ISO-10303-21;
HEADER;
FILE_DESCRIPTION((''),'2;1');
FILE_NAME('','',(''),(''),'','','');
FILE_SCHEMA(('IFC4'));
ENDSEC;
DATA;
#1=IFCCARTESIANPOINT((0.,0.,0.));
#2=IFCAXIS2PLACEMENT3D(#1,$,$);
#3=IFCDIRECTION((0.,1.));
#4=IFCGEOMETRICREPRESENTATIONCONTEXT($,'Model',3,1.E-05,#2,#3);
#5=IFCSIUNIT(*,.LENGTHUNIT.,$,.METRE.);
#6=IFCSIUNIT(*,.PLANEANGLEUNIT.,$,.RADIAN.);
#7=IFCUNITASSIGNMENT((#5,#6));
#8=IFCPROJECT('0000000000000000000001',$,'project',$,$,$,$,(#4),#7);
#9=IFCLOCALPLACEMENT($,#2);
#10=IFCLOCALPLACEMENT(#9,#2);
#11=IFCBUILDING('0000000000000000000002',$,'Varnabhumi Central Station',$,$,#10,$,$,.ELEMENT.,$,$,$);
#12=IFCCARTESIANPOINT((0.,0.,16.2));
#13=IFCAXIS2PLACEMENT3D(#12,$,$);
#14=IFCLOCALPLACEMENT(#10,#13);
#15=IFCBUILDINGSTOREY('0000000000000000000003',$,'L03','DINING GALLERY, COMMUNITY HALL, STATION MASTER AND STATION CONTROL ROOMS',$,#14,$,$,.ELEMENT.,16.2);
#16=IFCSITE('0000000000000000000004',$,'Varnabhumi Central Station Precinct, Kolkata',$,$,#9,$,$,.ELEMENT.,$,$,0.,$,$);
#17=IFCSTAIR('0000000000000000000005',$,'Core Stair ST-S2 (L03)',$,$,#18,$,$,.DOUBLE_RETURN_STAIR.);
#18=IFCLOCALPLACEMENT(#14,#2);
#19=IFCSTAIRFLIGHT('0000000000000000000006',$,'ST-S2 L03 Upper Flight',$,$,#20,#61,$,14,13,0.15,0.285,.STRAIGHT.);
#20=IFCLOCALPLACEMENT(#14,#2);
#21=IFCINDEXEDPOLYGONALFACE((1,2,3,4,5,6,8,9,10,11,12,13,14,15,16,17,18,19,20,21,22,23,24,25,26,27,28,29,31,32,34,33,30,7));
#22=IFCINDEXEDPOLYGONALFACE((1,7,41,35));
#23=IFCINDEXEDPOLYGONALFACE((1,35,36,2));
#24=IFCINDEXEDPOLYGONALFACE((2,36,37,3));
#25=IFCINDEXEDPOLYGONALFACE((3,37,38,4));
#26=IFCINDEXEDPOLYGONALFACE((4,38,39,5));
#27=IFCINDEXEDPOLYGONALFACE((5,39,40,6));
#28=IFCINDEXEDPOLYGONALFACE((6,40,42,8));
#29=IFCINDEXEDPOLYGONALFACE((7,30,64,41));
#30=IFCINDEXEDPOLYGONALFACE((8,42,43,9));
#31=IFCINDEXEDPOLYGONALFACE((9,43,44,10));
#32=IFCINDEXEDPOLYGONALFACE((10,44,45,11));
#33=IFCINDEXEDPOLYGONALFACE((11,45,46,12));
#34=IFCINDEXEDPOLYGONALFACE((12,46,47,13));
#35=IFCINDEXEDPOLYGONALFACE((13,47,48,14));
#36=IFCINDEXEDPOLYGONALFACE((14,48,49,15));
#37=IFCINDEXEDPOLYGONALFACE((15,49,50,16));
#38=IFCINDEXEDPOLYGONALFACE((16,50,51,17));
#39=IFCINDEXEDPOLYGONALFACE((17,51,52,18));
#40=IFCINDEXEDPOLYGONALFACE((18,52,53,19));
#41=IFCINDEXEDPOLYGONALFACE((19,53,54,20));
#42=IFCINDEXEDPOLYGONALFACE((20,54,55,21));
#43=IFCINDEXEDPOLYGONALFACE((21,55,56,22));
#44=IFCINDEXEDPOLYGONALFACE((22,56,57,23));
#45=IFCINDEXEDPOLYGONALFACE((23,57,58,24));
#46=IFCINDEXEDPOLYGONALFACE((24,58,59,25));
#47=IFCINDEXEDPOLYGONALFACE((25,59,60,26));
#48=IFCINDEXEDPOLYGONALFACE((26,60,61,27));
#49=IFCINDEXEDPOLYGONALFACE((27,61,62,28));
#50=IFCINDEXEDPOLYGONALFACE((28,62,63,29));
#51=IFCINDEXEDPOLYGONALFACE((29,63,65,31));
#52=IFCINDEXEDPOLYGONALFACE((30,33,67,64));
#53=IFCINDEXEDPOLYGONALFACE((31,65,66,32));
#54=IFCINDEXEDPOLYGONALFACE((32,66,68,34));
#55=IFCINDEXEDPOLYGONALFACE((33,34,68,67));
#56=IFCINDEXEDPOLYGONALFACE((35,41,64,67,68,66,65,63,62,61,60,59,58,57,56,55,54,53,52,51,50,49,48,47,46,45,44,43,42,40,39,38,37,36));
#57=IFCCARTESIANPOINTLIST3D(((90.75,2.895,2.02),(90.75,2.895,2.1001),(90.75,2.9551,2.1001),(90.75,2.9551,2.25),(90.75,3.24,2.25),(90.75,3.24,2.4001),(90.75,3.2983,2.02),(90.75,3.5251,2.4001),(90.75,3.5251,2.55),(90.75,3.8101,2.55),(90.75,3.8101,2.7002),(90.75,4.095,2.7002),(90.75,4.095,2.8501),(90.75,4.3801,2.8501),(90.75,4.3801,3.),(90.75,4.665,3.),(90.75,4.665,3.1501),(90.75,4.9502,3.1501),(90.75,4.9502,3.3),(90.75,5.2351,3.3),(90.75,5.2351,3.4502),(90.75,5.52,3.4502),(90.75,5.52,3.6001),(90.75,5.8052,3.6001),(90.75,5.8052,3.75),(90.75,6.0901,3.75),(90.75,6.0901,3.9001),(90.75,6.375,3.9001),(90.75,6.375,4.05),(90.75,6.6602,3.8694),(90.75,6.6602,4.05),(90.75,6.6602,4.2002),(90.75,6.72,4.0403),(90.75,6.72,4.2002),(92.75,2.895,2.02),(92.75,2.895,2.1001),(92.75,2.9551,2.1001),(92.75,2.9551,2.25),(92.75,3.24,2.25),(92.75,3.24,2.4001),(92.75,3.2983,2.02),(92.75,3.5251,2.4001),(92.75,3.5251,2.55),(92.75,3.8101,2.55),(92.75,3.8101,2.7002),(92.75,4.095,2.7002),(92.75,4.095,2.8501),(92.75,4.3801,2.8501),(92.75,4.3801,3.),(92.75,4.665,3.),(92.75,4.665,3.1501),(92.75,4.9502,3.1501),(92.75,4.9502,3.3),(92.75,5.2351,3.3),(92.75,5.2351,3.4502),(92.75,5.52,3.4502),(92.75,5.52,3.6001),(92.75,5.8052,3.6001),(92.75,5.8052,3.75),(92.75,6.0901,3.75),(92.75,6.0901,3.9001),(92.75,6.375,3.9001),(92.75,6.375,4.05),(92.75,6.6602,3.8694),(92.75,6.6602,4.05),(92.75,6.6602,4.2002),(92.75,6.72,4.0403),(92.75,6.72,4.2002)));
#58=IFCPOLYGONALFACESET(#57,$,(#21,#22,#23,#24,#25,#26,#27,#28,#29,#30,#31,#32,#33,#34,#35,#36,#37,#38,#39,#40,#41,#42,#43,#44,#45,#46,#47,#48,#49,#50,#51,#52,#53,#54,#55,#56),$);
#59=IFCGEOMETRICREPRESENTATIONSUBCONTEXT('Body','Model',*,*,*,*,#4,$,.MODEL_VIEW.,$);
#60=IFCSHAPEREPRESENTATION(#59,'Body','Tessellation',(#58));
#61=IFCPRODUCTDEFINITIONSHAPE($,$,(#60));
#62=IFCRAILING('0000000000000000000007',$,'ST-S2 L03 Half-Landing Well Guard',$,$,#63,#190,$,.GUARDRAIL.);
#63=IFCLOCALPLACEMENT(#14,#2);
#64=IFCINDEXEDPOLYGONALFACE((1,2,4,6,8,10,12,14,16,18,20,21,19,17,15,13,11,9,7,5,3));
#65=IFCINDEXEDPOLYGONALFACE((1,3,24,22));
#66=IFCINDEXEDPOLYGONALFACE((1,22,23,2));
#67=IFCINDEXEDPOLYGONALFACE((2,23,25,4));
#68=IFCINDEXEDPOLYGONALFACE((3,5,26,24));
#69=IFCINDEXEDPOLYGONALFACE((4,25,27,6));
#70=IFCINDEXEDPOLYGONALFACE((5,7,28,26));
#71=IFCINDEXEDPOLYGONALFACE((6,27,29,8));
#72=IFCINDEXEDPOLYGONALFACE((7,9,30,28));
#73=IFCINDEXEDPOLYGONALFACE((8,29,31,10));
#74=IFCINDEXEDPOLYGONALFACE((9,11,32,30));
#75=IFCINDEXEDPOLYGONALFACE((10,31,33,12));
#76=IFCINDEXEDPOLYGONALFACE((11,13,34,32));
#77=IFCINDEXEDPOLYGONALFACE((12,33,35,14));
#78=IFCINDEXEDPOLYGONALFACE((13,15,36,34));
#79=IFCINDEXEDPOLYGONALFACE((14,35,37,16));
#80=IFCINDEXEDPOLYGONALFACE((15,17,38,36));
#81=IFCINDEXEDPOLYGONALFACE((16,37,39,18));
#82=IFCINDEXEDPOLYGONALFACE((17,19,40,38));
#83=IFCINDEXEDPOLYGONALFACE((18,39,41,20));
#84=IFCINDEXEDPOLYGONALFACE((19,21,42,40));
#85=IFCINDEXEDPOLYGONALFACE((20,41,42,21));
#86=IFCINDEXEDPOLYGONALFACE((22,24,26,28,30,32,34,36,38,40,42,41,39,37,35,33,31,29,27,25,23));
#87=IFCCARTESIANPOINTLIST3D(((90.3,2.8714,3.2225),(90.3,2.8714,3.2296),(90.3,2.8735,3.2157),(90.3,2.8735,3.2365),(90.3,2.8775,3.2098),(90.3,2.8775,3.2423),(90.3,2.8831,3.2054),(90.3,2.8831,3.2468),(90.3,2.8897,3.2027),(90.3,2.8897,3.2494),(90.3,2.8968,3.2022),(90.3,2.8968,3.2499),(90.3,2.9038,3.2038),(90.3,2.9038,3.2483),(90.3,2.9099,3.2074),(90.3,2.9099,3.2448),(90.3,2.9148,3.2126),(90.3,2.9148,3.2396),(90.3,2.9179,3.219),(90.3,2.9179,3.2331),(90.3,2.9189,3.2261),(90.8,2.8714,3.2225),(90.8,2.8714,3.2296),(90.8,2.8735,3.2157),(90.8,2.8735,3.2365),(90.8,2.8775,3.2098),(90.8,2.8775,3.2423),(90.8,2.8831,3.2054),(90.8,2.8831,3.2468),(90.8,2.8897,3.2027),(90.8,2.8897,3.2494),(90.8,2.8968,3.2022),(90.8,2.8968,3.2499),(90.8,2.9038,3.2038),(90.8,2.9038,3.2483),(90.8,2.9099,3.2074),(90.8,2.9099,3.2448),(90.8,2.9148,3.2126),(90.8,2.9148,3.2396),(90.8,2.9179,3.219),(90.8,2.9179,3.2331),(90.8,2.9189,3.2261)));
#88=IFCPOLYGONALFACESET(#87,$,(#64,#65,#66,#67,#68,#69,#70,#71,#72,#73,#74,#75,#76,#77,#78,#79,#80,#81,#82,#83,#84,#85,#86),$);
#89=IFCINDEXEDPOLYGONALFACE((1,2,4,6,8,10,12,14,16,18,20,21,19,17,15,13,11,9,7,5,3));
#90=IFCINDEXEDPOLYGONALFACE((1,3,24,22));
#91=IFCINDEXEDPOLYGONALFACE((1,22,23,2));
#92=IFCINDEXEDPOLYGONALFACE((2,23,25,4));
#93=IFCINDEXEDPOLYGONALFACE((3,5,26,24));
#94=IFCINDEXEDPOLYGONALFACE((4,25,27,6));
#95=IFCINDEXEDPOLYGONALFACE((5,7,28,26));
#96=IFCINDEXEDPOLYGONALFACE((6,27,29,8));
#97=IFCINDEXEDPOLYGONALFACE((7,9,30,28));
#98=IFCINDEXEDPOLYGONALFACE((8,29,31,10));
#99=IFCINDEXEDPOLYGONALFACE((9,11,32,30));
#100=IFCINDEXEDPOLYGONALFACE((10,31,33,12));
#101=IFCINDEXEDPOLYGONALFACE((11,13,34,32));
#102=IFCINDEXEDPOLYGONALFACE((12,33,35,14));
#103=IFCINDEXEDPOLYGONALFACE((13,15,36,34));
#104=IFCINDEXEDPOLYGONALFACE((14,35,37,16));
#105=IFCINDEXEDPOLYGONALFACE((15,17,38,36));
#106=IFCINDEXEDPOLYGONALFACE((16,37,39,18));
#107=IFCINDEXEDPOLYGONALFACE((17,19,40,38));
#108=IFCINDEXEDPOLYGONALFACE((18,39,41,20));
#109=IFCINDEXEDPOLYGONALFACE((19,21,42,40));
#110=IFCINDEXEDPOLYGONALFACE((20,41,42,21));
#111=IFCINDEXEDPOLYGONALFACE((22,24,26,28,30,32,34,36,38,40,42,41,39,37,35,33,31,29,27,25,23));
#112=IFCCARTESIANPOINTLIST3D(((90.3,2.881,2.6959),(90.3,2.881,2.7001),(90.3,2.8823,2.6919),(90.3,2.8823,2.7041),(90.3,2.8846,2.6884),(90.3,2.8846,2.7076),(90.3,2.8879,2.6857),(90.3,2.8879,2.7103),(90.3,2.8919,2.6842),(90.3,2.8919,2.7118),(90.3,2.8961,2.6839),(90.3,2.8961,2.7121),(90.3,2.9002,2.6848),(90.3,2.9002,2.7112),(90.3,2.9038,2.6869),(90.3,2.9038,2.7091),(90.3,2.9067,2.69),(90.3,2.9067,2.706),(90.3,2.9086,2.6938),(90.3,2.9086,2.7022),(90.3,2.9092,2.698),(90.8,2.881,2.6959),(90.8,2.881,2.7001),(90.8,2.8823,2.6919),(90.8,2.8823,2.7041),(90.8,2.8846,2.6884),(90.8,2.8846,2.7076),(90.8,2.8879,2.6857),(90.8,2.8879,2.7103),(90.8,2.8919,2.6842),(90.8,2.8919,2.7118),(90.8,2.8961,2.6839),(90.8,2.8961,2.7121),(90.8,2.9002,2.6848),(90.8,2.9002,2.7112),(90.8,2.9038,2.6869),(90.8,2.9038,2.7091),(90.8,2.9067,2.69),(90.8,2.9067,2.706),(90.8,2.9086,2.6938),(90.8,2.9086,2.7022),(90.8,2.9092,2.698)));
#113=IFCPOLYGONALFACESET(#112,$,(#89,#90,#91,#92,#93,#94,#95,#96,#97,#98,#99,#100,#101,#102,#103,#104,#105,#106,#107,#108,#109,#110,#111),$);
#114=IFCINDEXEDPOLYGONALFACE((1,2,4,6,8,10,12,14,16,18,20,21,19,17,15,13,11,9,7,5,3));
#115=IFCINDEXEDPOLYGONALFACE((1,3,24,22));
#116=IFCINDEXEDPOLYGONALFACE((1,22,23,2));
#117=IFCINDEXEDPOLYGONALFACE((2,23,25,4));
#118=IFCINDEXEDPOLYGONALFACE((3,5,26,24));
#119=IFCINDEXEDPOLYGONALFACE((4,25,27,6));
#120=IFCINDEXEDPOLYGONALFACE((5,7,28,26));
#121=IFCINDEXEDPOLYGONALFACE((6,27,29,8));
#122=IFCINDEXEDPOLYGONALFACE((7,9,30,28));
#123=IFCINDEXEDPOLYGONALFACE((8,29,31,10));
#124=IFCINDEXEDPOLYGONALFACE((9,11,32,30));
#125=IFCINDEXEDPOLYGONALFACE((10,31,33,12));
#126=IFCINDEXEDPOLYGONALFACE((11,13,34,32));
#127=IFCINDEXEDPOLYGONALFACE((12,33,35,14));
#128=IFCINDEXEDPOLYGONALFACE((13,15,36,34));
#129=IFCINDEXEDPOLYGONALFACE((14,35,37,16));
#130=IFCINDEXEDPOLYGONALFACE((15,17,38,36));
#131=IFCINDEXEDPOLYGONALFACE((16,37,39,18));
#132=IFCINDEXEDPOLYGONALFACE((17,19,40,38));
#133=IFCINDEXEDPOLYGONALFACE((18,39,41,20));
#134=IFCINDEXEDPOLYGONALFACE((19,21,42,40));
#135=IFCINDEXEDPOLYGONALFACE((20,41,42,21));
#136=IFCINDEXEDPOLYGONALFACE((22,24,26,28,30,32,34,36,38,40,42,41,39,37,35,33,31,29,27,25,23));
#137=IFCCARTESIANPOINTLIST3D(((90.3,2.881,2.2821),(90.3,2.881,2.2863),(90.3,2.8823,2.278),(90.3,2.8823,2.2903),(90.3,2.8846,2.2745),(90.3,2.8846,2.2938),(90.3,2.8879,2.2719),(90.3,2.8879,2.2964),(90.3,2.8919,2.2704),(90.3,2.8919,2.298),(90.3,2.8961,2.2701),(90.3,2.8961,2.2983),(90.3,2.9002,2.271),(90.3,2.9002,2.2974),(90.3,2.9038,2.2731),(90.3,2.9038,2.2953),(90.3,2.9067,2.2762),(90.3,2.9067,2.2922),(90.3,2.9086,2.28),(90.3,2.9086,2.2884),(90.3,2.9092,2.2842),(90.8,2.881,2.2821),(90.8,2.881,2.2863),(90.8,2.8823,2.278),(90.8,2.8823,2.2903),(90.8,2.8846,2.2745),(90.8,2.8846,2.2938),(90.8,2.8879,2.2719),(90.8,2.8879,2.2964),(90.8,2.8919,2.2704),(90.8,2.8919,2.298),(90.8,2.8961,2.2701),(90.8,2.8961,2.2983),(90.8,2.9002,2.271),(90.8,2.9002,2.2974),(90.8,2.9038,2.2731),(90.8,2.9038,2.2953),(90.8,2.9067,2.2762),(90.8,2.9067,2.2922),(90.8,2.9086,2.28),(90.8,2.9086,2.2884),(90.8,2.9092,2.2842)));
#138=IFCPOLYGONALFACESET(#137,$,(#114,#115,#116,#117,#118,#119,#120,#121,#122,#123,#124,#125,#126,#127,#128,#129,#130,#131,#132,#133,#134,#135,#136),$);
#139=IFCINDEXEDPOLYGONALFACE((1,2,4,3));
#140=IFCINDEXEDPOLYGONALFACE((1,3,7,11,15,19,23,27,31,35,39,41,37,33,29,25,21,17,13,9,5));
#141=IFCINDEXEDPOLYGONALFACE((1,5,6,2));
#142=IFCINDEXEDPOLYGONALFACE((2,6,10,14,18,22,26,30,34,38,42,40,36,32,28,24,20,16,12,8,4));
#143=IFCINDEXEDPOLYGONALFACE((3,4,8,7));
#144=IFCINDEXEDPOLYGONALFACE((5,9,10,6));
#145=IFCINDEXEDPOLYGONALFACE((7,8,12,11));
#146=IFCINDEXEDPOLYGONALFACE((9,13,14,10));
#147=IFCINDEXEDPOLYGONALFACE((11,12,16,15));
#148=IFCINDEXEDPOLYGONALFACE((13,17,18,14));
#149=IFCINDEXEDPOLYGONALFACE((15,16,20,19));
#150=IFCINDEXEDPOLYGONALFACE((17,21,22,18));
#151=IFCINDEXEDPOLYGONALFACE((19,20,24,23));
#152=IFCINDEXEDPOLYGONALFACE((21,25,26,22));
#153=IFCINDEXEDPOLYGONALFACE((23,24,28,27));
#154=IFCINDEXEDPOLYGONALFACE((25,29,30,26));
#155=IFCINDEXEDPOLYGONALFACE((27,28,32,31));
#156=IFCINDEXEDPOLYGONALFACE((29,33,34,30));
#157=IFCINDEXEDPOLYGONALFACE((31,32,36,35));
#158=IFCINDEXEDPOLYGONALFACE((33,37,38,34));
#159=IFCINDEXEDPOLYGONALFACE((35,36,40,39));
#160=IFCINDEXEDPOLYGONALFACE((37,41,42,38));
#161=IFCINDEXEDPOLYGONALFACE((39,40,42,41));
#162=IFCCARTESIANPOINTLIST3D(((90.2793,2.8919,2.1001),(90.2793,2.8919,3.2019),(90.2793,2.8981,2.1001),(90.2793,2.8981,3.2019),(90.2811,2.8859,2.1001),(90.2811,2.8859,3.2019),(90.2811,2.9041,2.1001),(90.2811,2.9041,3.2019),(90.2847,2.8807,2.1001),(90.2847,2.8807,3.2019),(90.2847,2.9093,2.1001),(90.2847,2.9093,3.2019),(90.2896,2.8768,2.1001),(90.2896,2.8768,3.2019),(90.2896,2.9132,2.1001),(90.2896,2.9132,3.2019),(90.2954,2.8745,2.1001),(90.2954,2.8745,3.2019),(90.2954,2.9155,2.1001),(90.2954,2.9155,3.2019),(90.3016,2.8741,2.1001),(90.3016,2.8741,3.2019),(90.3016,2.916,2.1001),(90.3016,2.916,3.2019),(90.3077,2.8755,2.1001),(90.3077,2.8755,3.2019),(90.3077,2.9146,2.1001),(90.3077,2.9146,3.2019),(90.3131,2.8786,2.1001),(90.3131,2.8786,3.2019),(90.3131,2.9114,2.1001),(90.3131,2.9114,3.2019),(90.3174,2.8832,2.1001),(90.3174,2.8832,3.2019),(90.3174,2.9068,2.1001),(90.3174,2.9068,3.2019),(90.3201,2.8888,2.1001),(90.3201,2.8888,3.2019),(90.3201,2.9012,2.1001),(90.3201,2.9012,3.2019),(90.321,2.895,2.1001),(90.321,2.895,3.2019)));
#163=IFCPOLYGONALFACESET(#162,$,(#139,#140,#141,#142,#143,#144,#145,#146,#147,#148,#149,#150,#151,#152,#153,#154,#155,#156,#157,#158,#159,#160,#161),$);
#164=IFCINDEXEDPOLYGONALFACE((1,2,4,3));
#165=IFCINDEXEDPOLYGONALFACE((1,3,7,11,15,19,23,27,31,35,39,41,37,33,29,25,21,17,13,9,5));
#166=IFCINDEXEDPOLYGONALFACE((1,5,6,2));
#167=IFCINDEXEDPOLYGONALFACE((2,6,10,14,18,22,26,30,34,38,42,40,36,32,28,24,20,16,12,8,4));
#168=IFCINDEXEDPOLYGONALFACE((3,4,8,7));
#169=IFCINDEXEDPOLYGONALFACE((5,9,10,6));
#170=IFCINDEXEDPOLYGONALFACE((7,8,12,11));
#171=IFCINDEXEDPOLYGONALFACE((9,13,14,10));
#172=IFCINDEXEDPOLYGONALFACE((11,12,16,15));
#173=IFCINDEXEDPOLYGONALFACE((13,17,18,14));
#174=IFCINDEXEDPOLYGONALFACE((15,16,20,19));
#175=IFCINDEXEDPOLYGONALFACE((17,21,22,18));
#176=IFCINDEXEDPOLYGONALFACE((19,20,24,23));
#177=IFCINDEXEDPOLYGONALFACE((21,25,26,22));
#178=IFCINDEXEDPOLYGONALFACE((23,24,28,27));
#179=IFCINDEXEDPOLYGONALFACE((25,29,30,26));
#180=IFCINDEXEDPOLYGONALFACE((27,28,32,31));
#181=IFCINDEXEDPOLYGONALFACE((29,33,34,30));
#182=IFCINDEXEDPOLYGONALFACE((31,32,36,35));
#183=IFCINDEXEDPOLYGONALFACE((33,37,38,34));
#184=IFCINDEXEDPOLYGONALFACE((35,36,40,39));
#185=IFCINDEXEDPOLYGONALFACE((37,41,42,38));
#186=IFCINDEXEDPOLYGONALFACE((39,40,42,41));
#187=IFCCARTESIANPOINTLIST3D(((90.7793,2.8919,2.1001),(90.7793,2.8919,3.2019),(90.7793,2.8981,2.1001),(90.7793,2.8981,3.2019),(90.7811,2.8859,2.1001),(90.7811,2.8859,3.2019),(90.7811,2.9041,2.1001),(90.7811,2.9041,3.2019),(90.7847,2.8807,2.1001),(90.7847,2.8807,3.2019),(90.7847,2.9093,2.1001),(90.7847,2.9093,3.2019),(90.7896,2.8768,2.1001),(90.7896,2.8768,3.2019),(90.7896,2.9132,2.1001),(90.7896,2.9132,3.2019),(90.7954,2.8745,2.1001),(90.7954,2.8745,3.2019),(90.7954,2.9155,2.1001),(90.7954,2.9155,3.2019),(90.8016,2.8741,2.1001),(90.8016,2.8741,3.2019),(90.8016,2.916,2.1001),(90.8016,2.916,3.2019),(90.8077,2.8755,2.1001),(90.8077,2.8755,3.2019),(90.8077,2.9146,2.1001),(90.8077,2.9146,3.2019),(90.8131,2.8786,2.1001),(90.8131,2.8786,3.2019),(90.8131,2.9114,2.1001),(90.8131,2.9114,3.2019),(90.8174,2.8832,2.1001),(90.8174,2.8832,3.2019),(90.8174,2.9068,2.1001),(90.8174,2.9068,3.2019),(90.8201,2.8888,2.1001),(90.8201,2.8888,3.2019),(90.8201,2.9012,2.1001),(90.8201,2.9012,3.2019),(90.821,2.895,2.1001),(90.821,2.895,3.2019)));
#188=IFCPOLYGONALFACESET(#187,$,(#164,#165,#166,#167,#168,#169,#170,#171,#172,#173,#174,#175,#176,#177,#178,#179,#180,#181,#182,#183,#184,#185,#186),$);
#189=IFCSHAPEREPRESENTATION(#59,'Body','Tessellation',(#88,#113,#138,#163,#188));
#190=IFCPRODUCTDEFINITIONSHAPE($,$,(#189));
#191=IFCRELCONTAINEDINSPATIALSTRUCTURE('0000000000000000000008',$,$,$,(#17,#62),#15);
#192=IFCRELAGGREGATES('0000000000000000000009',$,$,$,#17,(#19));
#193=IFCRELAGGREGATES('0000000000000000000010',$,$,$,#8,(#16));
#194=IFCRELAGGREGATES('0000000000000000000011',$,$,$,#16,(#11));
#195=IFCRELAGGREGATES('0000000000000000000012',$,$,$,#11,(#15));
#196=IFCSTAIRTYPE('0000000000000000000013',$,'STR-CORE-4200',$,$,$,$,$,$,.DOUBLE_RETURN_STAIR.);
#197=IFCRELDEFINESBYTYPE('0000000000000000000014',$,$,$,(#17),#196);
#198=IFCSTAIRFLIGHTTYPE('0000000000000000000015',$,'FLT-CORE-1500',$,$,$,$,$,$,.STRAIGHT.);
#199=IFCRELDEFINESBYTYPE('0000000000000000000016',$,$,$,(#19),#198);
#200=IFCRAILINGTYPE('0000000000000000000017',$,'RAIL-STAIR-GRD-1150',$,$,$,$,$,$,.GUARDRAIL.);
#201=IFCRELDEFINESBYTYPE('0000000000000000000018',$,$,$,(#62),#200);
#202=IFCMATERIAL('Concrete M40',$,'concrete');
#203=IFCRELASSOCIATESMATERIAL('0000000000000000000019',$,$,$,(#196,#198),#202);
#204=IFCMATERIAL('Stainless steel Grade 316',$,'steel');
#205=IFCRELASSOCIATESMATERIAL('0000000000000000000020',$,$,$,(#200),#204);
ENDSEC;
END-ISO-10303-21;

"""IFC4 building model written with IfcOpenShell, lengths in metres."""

from ifc_helpers import new_model, si_unit, direction, frame, origin, origin_2d, place, context, subcontext, project, spatial, polyline, circle, outline, extrude, material, type_object, element, aggregate, save


model = new_model("IFC4")

# Units and contexts
model_context = context("Model", 3, precision=1e-05, world=origin(), true_north=direction((0.0, 1.0)))
body_context = subcontext(model_context, "Body", "Model", "MODEL_VIEW")
ifc_project = project(units=[si_unit("LENGTHUNIT", "METRE"), si_unit("PLANEANGLEUNIT", "RADIAN")], contexts=[model_context])

# Site, building, storey
site_placement = place(None, origin())
site = spatial("IfcSite", under=ifc_project, at=site_placement, Name="Varnabhumi Central Station Precinct, Kolkata", CompositionType="ELEMENT", RefElevation=0.0)
building_placement = place(site_placement, origin())
building = spatial("IfcBuilding", under=site, at=building_placement, Name="Varnabhumi Central Station", CompositionType="ELEMENT")
storey_placement = place(building_placement, frame((0.0, 0.0, 16.2)))
storey = spatial("IfcBuildingStorey", under=building, at=storey_placement, Name="L03", Description="DINING GALLERY, COMMUNITY HALL, STATION MASTER AND STATION CONTROL ROOMS", CompositionType="ELEMENT", Elevation=16.2)

# Shared definitions
ifc_material_1 = material(Name="Concrete M40", Category="concrete")

# Shared definitions
ifc_material_2 = material(Name="Stainless steel Grade 316", Category="steel")

# Stair, stair flight
stair_type = type_object("IfcStairType", Name="STR-CORE-4200", PredefinedType="DOUBLE_RETURN_STAIR", material=ifc_material_1)
stair_placement = place(storey_placement, origin())
stair = element("IfcStair", 1, at=stair_placement, inside=storey, type_object=stair_type, Name="Core Stair ST-S2 (L03)", PredefinedType="DOUBLE_RETURN_STAIR")
stair_flight_type = type_object("IfcStairFlightType", Name="FLT-CORE-1500", PredefinedType="STRAIGHT", material=ifc_material_1)
stair_flight_placement = place(storey_placement, frame((91.75, 2.9551, 2.1001), z_axis=(0.0, 0.0, 1.0), x_axis=(0.0, 1.0, 0.0)))
stair_flight = element("IfcStairFlight", 2, at=stair_flight_placement, type_object=stair_flight_type, Name="ST-S2 L03 Upper Flight", NumberOfRisers=14, NumberOfTreads=13, PredefinedType="STRAIGHT", RiserHeight=0.15, TreadLength=0.285, context=body_context, shape_type="SweptSolid", body=[
    extrude(outline(polyline([(-0.0601, -0.0801), (-0.0601, 0.0), (0.0, 0.0), (0.0, 0.1499), (0.2849, 0.1499), (0.2849, 0.3), (0.5701, 0.3), (0.5701, 0.45), (0.855, 0.45), (0.855, 0.6001), (1.1399, 0.6001), (1.1399, 0.75), (1.425, 0.75), (1.425, 0.8999), (1.71, 0.8999), (1.71, 1.05), (1.9951, 1.05), (1.9951, 1.2), (2.28, 1.2), (2.28, 1.3501), (2.5649, 1.3501), (2.5649, 1.5), (2.8501, 1.5), (2.8501, 1.6499), (3.135, 1.6499), (3.135, 1.8), (3.4199, 1.8), (3.4199, 1.95), (3.7051, 1.95), (3.7051, 2.1001), (3.7649, 2.1001), (3.7649, 1.9402), (3.7051, 1.7693), (0.3433, -0.0801), (-0.0601, -0.0801)])), frame((0.0, 1.0, 0.0), z_axis=(0.0, -1.0, 0.0), x_axis=(1.0, 0.0, 0.0)), (0.0, 0.0, 1.0), 2.0),
])
aggregate(stair, [stair_flight])

# Railing
railing_type_1 = type_object("IfcRailingType", Name="RAIL-STAIR-GRD-1150", PredefinedType="GUARDRAIL", material=ifc_material_2)
railing_1_placement = place(storey_placement, frame((90.3, 2.895, 2.1001)))
element("IfcRailing", 3, at=railing_1_placement, inside=storey, type_object=railing_type_1, Name="ST-S2 L03 Half-Landing Well Guard", PredefinedType="GUARDRAIL", context=body_context, shape_type="SweptSolid", body=[
    extrude(circle(Radius=0.0239, at=origin_2d()), frame((0.0, 0.0, 1.126), z_axis=(1.0, 0.0, 0.0), x_axis=(0.0, 1.0, 0.0)), (0.0, 0.0, 1.0), 0.5),
    extrude(circle(Radius=0.0142, at=origin_2d()), frame((0.0, 0.0, 0.5979), z_axis=(1.0, 0.0, 0.0), x_axis=(0.0, 1.0, 0.0)), (0.0, 0.0, 1.0), 0.5),
    extrude(circle(Radius=0.0142, at=origin_2d()), frame((0.0, 0.0, 0.1841), z_axis=(1.0, 0.0, 0.0), x_axis=(0.0, 1.0, 0.0)), (0.0, 0.0, 1.0), 0.5),
    extrude(circle(Radius=0.021, at=origin_2d()), origin(), (0.0, 0.0, 1.0), 1.1018),
    extrude(circle(Radius=0.021, at=origin_2d()), frame((0.5, 0.0, 0.0)), (0.0, 0.0, 1.0), 1.1018),
])

save(model, "model.ifc")
